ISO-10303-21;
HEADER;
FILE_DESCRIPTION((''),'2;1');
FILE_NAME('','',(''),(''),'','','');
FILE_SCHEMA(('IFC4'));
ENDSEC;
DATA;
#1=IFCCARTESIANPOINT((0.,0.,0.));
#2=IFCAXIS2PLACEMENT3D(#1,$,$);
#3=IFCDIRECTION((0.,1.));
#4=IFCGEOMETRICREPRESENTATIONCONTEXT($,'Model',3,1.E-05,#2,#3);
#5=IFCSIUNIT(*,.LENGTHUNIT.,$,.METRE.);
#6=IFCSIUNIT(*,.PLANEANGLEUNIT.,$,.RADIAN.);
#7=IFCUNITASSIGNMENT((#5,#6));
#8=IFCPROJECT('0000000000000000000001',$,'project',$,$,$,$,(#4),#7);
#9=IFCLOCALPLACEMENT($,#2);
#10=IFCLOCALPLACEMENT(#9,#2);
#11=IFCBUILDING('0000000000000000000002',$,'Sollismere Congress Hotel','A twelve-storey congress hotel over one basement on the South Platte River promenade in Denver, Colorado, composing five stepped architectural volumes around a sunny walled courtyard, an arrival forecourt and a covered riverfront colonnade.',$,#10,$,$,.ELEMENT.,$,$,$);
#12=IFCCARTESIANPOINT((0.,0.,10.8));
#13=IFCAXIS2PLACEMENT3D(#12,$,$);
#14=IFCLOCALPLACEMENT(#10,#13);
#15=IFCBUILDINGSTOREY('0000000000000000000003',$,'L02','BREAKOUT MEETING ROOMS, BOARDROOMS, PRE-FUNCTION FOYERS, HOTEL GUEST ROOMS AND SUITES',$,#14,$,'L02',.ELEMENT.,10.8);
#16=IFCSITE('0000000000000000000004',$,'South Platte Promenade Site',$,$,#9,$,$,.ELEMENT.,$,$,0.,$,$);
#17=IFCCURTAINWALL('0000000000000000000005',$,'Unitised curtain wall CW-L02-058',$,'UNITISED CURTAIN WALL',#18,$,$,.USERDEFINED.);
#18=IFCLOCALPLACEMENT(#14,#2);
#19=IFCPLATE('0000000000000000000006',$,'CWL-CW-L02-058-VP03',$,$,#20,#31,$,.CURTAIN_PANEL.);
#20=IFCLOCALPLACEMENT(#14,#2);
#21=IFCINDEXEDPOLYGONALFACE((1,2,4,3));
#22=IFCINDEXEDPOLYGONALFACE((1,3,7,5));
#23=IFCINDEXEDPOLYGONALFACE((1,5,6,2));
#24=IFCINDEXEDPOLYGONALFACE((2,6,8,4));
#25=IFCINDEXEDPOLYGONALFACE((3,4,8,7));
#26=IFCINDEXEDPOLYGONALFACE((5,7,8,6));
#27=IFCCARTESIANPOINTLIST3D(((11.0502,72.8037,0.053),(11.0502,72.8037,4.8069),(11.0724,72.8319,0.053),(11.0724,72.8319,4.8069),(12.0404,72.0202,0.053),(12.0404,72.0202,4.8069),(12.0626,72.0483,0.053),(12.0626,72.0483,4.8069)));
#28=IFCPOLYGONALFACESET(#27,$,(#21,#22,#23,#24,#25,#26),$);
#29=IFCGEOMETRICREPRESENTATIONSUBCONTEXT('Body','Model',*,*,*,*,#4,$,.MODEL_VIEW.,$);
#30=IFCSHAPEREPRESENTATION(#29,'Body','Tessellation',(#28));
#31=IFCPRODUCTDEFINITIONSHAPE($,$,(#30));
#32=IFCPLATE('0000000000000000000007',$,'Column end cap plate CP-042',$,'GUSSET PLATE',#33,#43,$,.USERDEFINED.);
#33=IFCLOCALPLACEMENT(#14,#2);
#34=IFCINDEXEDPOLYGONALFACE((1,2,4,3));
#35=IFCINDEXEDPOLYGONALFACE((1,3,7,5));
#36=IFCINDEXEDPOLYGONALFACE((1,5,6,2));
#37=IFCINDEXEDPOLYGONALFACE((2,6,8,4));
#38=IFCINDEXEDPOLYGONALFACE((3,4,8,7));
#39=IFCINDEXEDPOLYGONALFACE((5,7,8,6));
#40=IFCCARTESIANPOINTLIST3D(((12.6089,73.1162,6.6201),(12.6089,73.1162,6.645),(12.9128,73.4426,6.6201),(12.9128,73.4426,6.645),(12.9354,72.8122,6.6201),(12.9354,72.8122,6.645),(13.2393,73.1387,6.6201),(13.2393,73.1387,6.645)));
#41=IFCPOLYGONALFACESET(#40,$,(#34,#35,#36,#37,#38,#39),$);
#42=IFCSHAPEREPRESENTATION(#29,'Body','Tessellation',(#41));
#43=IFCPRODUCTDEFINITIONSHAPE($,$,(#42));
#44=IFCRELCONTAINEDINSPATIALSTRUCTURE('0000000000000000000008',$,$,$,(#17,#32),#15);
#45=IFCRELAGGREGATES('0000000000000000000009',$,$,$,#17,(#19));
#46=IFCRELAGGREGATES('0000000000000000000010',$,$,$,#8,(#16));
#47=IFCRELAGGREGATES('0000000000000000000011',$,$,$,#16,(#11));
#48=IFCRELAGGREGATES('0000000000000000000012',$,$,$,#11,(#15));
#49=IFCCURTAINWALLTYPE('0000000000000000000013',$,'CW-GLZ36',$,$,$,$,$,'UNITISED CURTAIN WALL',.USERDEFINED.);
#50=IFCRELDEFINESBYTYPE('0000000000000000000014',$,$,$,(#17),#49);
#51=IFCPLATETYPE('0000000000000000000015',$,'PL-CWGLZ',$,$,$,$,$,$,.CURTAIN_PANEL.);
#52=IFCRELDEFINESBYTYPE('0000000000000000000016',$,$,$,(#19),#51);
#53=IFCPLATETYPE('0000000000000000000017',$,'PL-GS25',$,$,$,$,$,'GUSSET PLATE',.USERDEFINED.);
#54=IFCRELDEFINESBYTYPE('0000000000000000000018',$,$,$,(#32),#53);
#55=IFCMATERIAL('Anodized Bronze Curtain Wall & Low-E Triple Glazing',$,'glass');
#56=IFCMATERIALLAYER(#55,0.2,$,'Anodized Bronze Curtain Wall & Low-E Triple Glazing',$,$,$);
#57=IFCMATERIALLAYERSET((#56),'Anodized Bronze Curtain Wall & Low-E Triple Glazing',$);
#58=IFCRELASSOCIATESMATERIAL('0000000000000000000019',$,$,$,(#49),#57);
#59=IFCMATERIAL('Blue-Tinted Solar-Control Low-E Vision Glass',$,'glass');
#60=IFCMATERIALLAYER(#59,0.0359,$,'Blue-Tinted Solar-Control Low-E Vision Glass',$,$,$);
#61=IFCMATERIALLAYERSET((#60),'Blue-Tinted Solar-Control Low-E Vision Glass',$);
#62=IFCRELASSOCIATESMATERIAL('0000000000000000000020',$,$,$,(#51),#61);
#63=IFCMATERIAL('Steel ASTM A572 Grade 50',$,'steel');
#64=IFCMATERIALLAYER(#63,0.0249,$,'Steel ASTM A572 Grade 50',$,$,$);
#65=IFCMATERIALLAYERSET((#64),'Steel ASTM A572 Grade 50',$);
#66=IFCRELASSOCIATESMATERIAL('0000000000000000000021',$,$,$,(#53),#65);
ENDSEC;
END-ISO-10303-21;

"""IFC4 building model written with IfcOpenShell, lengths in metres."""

from ifc_helpers import new_model, si_unit, direction, frame, origin, origin_2d, place, context, subcontext, project, spatial, rectangle, extrude, material, layer, layer_set, type_object, element, aggregate, save


model = new_model("IFC4")

# Units and contexts
model_context = context("Model", 3, precision=1e-05, world=origin(), true_north=direction((0.0, 1.0)))
body_context = subcontext(model_context, "Body", "Model", "MODEL_VIEW")
ifc_project = project(units=[si_unit("LENGTHUNIT", "METRE"), si_unit("PLANEANGLEUNIT", "RADIAN")], contexts=[model_context])

# Site, building, storey
site_placement = place(None, origin())
site = spatial("IfcSite", under=ifc_project, at=site_placement, Name="South Platte Promenade Site", CompositionType="ELEMENT", RefElevation=0.0)
building_placement = place(site_placement, origin())
building = spatial("IfcBuilding", under=site, at=building_placement, Name="Sollismere Congress Hotel", Description="A twelve-storey congress hotel over one basement on the South Platte River promenade in Denver, Colorado, composing five stepped architectural volumes around a sunny walled courtyard, an arrival forecourt and a covered riverfront colonnade.", CompositionType="ELEMENT")
storey_placement = place(building_placement, frame((0.0, 0.0, 10.8)))
storey = spatial("IfcBuildingStorey", under=building, at=storey_placement, Name="L02", Description="BREAKOUT MEETING ROOMS, BOARDROOMS, PRE-FUNCTION FOYERS, HOTEL GUEST ROOMS AND SUITES", LongName="L02", CompositionType="ELEMENT", Elevation=10.8)

# Shared definitions
ifc_material_1 = material(Name="Anodized Bronze Curtain Wall & Low-E Triple Glazing", Category="glass")
ifc_layer_1 = layer(ifc_material_1, 0.2, Name="Anodized Bronze Curtain Wall & Low-E Triple Glazing")
ifc_layer_set_1 = layer_set([ifc_layer_1], Name="Anodized Bronze Curtain Wall & Low-E Triple Glazing")
curtain_wall_type = type_object("IfcCurtainWallType", Name="CW-GLZ36", ElementType="UNITISED CURTAIN WALL", PredefinedType="USERDEFINED", material=ifc_layer_set_1)

# Curtain wall
curtain_wall_1_placement = place(storey_placement, origin())
curtain_wall_1 = element("IfcCurtainWall", 1, at=curtain_wall_1_placement, inside=storey, type_object=curtain_wall_type, Name="Unitised curtain wall CW-L02-058", ObjectType="UNITISED CURTAIN WALL", PredefinedType="USERDEFINED")

# Plates
ifc_material_2 = material(Name="Blue-Tinted Solar-Control Low-E Vision Glass", Category="glass")
ifc_layer_2 = layer(ifc_material_2, 0.0359, Name="Blue-Tinted Solar-Control Low-E Vision Glass")
ifc_layer_set_2 = layer_set([ifc_layer_2], Name="Blue-Tinted Solar-Control Low-E Vision Glass")
plate_type_1 = type_object("IfcPlateType", Name="PL-CWGLZ", PredefinedType="CURTAIN_PANEL", material=ifc_layer_set_2)
plate_1_placement = place(storey_placement, frame((11.5564, 72.426, 0.053), z_axis=(0.0, 0.0, 1.0), x_axis=(0.784181, -0.620532, 0.0)))
plate_1 = element("IfcPlate", 2, at=plate_1_placement, type_object=plate_type_1, Name="CWL-CW-L02-058-VP03", PredefinedType="CURTAIN_PANEL", context=body_context, shape_type="SweptSolid", body=[
    extrude(rectangle(XDim=1.2627, YDim=0.0359, at=origin_2d()), origin(), (0.0, 0.0, 1.0), 4.7539),
])
aggregate(curtain_wall_1, [plate_1])
ifc_material_3 = material(Name="Steel ASTM A572 Grade 50", Category="steel")
ifc_layer_3 = layer(ifc_material_3, 0.0249, Name="Steel ASTM A572 Grade 50")
ifc_layer_set_3 = layer_set([ifc_layer_3], Name="Steel ASTM A572 Grade 50")
plate_type_2 = type_object("IfcPlateType", Name="PL-GS25", ElementType="GUSSET PLATE", PredefinedType="USERDEFINED", material=ifc_layer_set_3)
plate_2_placement = place(storey_placement, frame((12.9241, 73.1274, 6.6201), z_axis=(0.0, 0.0, 1.0), x_axis=(-0.68136, -0.731949, 0.0)))
element("IfcPlate", 3, at=plate_2_placement, inside=storey, type_object=plate_type_2, Name="Column end cap plate CP-042", ObjectType="GUSSET PLATE", PredefinedType="USERDEFINED", context=body_context, shape_type="SweptSolid", body=[
    extrude(rectangle(XDim=0.446, YDim=0.446, at=origin_2d()), origin(), (0.0, 0.0, 1.0), 0.0249),
])

save(model, "model.ifc")
